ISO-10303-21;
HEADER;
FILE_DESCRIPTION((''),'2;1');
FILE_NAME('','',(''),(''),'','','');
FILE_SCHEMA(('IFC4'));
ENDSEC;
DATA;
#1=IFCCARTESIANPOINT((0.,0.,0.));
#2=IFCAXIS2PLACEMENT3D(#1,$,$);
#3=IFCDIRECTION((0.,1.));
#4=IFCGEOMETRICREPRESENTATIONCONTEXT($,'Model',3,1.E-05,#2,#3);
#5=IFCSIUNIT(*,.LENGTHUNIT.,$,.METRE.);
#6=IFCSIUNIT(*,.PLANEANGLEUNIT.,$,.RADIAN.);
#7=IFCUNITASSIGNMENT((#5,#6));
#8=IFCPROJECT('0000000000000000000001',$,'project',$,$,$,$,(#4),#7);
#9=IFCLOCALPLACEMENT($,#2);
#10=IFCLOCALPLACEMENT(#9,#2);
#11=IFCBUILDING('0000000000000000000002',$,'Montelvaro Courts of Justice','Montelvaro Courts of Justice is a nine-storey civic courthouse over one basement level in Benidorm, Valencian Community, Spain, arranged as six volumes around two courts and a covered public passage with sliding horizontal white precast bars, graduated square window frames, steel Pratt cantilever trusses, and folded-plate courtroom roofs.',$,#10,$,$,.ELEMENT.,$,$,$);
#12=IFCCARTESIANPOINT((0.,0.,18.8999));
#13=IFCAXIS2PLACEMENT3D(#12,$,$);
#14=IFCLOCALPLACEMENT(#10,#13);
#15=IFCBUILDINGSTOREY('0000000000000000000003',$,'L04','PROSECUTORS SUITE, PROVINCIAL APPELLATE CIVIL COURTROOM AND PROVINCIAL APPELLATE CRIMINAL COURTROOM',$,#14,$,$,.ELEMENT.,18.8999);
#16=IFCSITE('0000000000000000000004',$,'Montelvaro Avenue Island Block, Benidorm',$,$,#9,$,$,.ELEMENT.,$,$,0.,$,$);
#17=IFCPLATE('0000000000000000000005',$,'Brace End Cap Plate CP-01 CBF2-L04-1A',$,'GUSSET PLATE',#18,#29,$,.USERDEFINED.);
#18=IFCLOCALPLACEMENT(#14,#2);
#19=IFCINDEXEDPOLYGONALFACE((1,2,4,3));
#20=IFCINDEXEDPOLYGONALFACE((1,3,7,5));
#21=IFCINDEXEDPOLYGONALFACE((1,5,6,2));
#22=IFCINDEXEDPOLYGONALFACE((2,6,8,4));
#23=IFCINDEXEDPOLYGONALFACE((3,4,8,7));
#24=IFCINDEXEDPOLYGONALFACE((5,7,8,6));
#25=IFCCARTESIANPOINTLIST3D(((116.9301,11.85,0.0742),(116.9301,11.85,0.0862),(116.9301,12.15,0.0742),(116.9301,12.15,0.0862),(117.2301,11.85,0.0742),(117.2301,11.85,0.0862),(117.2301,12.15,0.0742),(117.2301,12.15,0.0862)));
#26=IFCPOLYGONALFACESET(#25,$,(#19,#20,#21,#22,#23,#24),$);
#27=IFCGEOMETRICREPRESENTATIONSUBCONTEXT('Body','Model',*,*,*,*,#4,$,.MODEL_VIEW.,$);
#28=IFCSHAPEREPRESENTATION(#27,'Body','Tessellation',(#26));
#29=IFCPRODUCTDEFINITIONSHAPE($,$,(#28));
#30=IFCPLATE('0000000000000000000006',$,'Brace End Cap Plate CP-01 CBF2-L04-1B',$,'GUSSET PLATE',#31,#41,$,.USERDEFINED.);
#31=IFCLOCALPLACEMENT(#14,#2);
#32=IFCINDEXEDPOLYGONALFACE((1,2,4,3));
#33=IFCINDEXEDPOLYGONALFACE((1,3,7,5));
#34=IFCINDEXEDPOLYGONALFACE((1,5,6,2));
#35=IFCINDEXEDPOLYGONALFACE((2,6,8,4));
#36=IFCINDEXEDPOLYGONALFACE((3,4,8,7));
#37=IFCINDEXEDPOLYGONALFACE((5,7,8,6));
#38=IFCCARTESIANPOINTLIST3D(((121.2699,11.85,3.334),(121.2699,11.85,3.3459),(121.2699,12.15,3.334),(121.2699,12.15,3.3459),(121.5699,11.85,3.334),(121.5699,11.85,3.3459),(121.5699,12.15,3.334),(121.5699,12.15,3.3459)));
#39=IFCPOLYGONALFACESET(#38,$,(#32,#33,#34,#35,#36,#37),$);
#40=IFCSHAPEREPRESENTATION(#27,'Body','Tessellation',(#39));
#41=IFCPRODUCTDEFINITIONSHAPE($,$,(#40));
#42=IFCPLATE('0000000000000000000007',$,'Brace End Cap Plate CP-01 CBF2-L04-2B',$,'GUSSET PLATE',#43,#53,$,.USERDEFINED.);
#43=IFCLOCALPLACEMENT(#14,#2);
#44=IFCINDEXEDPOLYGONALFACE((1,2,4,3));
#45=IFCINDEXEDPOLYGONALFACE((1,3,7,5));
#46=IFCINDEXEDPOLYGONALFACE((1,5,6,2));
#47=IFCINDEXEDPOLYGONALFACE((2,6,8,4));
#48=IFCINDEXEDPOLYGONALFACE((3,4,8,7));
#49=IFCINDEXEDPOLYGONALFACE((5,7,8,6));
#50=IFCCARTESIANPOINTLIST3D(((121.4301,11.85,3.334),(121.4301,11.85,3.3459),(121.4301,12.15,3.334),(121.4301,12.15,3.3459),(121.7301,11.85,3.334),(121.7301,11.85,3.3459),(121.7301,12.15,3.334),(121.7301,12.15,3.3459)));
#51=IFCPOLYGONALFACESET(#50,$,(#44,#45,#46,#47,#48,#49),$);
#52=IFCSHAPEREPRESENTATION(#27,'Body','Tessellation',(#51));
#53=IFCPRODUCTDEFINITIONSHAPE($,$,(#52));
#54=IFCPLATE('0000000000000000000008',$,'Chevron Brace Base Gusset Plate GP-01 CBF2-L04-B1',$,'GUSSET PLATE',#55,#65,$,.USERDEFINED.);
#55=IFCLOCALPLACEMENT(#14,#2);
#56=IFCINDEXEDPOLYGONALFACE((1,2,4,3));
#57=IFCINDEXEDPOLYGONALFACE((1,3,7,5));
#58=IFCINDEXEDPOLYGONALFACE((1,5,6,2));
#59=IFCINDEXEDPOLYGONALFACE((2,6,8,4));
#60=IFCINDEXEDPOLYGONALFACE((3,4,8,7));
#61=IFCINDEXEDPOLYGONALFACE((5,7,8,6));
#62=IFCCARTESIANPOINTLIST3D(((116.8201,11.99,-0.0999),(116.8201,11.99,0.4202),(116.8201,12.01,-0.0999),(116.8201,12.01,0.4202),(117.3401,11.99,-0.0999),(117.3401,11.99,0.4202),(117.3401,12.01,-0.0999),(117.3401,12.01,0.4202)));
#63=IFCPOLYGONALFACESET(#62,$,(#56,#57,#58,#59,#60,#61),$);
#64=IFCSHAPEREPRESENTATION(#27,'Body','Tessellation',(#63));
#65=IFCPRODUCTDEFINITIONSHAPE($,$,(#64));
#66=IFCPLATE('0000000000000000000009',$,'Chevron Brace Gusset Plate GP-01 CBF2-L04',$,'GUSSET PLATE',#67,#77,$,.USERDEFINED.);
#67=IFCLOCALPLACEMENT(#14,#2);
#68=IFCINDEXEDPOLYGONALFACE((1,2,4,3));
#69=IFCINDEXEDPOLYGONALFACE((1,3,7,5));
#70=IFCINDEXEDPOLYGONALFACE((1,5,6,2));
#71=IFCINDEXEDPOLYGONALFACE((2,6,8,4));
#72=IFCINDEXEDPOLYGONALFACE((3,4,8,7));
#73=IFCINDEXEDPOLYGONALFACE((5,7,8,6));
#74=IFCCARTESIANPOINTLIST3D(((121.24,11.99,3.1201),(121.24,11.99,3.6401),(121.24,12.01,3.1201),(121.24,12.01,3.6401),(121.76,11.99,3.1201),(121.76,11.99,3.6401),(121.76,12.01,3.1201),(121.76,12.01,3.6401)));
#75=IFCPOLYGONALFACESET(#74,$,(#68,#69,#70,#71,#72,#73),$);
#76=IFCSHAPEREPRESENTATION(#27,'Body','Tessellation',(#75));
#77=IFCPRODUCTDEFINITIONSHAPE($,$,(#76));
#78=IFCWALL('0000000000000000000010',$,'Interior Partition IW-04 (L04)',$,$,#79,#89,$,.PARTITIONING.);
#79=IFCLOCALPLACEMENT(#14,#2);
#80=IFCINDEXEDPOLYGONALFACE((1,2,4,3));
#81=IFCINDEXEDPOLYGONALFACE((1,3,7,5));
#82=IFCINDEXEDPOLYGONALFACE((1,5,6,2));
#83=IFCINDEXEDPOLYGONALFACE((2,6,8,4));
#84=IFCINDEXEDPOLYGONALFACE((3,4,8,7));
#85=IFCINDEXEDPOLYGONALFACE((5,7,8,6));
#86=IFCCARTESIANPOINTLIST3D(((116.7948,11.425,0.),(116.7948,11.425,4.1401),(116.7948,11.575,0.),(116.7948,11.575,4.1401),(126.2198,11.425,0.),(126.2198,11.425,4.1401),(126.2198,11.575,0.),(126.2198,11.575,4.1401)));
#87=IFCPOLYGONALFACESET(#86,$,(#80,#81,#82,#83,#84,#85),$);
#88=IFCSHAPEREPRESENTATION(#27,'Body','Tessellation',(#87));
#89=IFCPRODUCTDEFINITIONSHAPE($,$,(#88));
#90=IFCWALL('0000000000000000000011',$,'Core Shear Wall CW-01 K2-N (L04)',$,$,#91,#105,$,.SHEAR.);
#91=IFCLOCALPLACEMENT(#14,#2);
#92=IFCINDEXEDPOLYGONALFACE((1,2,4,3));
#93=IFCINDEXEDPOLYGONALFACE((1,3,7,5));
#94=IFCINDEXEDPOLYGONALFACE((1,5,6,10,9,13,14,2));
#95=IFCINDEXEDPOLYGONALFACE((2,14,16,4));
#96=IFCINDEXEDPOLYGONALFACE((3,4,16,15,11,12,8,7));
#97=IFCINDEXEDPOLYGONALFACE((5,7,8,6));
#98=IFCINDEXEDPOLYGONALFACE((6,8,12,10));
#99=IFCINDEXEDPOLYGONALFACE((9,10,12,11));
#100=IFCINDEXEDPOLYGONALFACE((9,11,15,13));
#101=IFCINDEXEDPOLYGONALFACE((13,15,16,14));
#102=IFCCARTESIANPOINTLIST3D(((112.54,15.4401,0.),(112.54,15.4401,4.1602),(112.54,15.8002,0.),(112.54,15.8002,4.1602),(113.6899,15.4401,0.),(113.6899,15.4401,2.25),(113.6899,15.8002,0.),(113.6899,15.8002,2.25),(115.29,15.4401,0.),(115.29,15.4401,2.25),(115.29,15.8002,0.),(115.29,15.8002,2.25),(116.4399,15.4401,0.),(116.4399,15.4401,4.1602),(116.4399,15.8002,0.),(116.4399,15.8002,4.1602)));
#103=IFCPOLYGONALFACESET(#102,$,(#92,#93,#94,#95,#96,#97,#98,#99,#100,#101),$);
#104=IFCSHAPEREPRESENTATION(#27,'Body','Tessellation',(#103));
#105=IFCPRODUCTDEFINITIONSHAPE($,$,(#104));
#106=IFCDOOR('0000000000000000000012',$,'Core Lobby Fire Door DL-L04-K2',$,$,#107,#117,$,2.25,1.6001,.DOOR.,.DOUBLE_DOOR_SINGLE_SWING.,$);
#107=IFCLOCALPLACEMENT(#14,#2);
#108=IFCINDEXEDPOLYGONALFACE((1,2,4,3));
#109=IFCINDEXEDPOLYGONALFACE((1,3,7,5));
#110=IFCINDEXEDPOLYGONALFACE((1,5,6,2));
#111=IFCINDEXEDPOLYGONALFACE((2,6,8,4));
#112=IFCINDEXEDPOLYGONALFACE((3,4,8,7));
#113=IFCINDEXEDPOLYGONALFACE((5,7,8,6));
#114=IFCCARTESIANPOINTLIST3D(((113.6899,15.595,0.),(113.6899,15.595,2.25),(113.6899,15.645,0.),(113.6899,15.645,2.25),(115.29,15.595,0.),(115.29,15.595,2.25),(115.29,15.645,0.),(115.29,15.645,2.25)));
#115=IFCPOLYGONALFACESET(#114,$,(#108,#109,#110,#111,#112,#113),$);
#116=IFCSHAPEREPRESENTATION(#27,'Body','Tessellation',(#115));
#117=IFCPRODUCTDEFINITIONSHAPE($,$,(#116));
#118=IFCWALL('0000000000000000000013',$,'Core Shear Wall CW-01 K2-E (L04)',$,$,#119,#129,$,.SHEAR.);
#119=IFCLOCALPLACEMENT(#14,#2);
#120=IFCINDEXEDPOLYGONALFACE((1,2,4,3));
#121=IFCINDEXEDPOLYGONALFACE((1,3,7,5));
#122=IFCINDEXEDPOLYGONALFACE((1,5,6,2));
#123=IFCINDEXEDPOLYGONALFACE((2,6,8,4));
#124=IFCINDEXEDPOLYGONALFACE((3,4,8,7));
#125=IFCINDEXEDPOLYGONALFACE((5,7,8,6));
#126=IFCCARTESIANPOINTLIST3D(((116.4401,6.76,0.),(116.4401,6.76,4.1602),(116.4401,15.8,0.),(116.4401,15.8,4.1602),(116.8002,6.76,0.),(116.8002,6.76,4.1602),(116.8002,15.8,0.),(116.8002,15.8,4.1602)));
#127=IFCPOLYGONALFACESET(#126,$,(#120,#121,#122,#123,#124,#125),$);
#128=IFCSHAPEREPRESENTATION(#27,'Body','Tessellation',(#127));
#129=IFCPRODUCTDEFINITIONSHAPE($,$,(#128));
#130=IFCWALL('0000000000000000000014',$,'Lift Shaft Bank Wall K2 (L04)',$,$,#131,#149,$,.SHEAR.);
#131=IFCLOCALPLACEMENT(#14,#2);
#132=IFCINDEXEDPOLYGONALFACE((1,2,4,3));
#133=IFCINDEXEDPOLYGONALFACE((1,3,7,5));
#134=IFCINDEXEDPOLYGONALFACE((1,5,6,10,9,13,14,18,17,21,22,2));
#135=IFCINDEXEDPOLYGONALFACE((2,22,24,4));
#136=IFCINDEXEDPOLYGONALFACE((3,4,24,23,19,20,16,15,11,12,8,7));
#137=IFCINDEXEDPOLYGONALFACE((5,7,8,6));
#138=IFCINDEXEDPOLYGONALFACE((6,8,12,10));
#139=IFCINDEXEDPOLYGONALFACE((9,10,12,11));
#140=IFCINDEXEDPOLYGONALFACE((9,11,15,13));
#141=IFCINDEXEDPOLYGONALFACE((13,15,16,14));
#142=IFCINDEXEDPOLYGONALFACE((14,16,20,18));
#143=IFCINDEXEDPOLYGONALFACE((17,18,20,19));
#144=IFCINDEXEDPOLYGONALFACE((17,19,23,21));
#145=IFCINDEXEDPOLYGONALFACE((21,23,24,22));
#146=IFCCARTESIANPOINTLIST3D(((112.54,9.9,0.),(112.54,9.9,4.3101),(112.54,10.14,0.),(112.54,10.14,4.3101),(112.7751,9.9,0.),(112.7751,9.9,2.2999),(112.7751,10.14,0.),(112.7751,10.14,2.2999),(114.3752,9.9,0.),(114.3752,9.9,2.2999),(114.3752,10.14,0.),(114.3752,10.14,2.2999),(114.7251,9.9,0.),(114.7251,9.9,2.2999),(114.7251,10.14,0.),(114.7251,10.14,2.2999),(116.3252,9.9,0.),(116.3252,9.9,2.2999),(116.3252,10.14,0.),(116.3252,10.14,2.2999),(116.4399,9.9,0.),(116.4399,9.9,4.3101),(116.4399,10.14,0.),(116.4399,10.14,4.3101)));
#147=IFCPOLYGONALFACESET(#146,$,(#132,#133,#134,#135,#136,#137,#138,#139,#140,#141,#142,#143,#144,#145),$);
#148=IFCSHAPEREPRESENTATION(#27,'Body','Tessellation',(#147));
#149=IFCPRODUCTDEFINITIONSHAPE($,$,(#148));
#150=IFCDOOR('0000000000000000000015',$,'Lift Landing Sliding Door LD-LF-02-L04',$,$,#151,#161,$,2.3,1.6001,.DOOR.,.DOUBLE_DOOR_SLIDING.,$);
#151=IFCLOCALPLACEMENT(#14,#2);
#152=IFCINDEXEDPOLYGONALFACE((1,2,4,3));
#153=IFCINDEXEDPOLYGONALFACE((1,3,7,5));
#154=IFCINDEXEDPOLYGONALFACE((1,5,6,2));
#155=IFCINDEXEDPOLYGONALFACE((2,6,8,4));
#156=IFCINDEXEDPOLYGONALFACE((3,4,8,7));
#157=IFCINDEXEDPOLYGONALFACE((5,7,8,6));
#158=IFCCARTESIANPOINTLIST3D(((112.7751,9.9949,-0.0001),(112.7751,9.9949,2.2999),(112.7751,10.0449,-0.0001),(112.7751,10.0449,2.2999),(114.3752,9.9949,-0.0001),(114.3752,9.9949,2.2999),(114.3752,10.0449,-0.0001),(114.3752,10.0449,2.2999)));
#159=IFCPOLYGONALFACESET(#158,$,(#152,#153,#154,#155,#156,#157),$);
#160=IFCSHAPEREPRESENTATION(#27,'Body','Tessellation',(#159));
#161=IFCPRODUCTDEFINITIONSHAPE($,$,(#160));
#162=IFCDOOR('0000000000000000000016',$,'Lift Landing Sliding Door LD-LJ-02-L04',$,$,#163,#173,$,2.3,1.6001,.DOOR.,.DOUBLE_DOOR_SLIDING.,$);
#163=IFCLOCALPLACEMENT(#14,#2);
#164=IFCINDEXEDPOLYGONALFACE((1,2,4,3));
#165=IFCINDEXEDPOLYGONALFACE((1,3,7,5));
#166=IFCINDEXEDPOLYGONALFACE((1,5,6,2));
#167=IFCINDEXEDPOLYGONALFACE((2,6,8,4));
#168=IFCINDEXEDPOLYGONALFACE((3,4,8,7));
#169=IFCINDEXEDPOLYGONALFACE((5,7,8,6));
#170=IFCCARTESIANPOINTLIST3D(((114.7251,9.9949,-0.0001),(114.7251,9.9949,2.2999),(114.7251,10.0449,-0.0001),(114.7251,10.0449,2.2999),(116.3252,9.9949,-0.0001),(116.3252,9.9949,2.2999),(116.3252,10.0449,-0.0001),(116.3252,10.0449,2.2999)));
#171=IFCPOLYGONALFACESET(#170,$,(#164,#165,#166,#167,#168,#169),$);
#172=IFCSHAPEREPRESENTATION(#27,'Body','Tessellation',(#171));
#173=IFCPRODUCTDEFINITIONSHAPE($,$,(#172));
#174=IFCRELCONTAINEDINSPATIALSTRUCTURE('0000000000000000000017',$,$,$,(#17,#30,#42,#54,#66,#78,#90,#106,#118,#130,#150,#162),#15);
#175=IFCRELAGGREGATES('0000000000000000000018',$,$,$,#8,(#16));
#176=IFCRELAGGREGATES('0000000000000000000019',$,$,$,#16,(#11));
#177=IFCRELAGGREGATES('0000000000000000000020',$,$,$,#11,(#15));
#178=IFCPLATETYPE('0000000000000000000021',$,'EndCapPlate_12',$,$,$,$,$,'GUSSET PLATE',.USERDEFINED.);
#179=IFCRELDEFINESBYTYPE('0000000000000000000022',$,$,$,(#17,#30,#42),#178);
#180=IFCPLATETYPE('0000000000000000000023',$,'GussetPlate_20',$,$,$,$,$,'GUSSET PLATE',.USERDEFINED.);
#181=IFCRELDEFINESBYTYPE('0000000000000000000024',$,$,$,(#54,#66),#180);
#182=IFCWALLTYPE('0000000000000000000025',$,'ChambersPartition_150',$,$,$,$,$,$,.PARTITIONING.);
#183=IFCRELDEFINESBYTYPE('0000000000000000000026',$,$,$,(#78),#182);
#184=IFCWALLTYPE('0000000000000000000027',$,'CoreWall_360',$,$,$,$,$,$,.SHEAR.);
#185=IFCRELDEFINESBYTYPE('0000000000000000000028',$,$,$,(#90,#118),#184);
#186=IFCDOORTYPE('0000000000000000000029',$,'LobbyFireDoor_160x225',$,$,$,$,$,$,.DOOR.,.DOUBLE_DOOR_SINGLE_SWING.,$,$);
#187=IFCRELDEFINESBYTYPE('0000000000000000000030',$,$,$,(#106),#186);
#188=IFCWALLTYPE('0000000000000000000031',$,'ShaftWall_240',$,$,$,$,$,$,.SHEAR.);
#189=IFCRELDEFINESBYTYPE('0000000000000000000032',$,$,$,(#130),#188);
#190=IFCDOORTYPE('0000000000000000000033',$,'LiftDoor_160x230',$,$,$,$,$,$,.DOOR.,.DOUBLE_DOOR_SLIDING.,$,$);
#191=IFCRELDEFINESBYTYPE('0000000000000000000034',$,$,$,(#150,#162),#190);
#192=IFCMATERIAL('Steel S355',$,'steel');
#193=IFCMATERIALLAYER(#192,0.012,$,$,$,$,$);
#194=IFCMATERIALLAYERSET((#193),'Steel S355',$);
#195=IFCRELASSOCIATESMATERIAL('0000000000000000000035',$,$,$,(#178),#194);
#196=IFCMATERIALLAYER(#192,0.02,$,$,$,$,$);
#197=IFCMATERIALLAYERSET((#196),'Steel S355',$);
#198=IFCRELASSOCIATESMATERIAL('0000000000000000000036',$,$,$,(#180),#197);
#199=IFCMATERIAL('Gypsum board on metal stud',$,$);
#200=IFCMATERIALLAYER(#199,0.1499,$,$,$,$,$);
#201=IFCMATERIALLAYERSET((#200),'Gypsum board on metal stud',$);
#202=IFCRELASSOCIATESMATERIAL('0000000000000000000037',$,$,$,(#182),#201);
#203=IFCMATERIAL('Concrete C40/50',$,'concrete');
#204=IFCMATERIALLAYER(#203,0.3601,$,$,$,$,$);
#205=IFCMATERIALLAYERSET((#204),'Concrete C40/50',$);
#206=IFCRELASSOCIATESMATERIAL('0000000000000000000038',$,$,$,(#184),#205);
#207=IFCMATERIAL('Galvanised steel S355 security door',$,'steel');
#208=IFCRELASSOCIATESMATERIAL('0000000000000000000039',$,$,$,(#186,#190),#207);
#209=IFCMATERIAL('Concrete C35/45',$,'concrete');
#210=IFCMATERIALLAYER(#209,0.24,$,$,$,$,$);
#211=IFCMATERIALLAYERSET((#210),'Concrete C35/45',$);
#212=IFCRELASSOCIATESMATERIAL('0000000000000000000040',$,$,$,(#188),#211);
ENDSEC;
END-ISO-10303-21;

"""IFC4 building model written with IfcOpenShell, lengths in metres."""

from ifc_helpers import new_model, si_unit, direction, frame, frame_2d, origin, origin_2d, place, context, subcontext, project, spatial, rectangle, extrude, material, layer, layer_set, type_object, element, fill, save


model = new_model("IFC4")

# Units and contexts
model_context = context("Model", 3, precision=1e-05, world=origin(), true_north=direction((0.0, 1.0)))
body_context = subcontext(model_context, "Body", "Model", "MODEL_VIEW")
ifc_project = project(units=[si_unit("LENGTHUNIT", "METRE"), si_unit("PLANEANGLEUNIT", "RADIAN")], contexts=[model_context])

# Site, building, storey
site_placement = place(None, origin())
site = spatial("IfcSite", under=ifc_project, at=site_placement, Name="Montelvaro Avenue Island Block, Benidorm", CompositionType="ELEMENT", RefElevation=0.0)
building_placement = place(site_placement, origin())
building = spatial("IfcBuilding", under=site, at=building_placement, Name="Montelvaro Courts of Justice", Description="Montelvaro Courts of Justice is a nine-storey civic courthouse over one basement level in Benidorm, Valencian Community, Spain, arranged as six volumes around two courts and a covered public passage with sliding horizontal white precast bars, graduated square window frames, steel Pratt cantilever trusses, and folded-plate courtroom roofs.", CompositionType="ELEMENT")
storey_placement = place(building_placement, frame((0.0, 0.0, 18.8999)))
storey = spatial("IfcBuildingStorey", under=building, at=storey_placement, Name="L04", Description="PROSECUTORS SUITE, PROVINCIAL APPELLATE CIVIL COURTROOM AND PROVINCIAL APPELLATE CRIMINAL COURTROOM", CompositionType="ELEMENT", Elevation=18.8999)

# Shared definitions
ifc_material_1 = material(Name="Steel S355", Category="steel")

# Plates
ifc_layer_1 = layer(ifc_material_1, 0.012)
ifc_layer_set_1 = layer_set([ifc_layer_1], Name="Steel S355")
plate_type_1 = type_object("IfcPlateType", Name="EndCapPlate_12", ElementType="GUSSET PLATE", PredefinedType="USERDEFINED", material=ifc_layer_set_1)
for number, where, z_axis, x_axis, name in (
    (1, (117.0801, 12.0, 0.0742), (0.0, 0.0, 1.0), (1.0, 0.0, 0.0), "Brace End Cap Plate CP-01 CBF2-L04-1A"),
    (2, (121.4199, 12.0, 3.334), (0.0, 0.0, 1.0), (1.0, 0.0, 0.0), "Brace End Cap Plate CP-01 CBF2-L04-1B"),
    (3, (121.5801, 12.0, 3.334), (0.0, 0.0, 1.0), (1.0, 0.0, 0.0), "Brace End Cap Plate CP-01 CBF2-L04-2B"),
):
    element("IfcPlate", number, at=place(storey_placement, frame(where, z_axis=z_axis, x_axis=x_axis)), inside=storey, type_object=plate_type_1, Name=name, ObjectType="GUSSET PLATE", PredefinedType="USERDEFINED", context=body_context, shape_type="SweptSolid", body=[
        extrude(rectangle(XDim=0.3, YDim=0.3, at=origin_2d()), origin(), (0.0, 0.0, 1.0), 0.012),
    ])
ifc_layer_2 = layer(ifc_material_1, 0.02)
ifc_layer_set_2 = layer_set([ifc_layer_2], Name="Steel S355")
plate_type_2 = type_object("IfcPlateType", Name="GussetPlate_20", ElementType="GUSSET PLATE", PredefinedType="USERDEFINED", material=ifc_layer_set_2)
for number, where, z_axis, x_axis, name in (
    (4, (117.0801, 12.0, -0.0999), (0.0, 0.0, 1.0), (1.0, 0.0, 0.0), "Chevron Brace Base Gusset Plate GP-01 CBF2-L04-B1"),
    (5, (121.5, 12.0, 3.1201), (0.0, 0.0, 1.0), (1.0, 0.0, 0.0), "Chevron Brace Gusset Plate GP-01 CBF2-L04"),
):
    element("IfcPlate", number, at=place(storey_placement, frame(where, z_axis=z_axis, x_axis=x_axis)), inside=storey, type_object=plate_type_2, Name=name, ObjectType="GUSSET PLATE", PredefinedType="USERDEFINED", context=body_context, shape_type="SweptSolid", body=[
        extrude(rectangle(XDim=0.52, YDim=0.02, at=origin_2d()), origin(), (0.0, 0.0, 1.0), 0.52),
    ])

# Wall
ifc_material_2 = material(Name="Gypsum board on metal stud")
ifc_layer_3 = layer(ifc_material_2, 0.1499)
ifc_layer_set_3 = layer_set([ifc_layer_3], Name="Gypsum board on metal stud")
wall_type_1 = type_object("IfcWallType", Name="ChambersPartition_150", PredefinedType="PARTITIONING", material=ifc_layer_set_3)
wall_1_placement = place(storey_placement, frame((116.7949, 11.5, 0.0), z_axis=(0.0, 0.0, 1.0), x_axis=(1.0, 0.0, 0.0)))
element("IfcWall", 6, at=wall_1_placement, inside=storey, type_object=wall_type_1, Name="Interior Partition IW-04 (L04)", PredefinedType="PARTITIONING", context=body_context, shape_type="SweptSolid", body=[
    extrude(rectangle(XDim=9.425, YDim=0.1499, at=frame_2d((4.7124, 0.0))), origin(), (0.0, 0.0, 1.0), 4.1401),
])

# Wall, opening, door
ifc_material_3 = material(Name="Concrete C40/50", Category="concrete")
ifc_layer_4 = layer(ifc_material_3, 0.3601)
ifc_layer_set_4 = layer_set([ifc_layer_4], Name="Concrete C40/50")
wall_type_2 = type_object("IfcWallType", Name="CoreWall_360", PredefinedType="SHEAR", material=ifc_layer_set_4)
wall_2_placement = place(storey_placement, frame((112.54, 15.6201, 0.0), z_axis=(0.0, 0.0, 1.0), x_axis=(1.0, 0.0, 0.0)))
wall_2 = element("IfcWall", 7, at=wall_2_placement, inside=storey, type_object=wall_type_2, Name="Core Shear Wall CW-01 K2-N (L04)", PredefinedType="SHEAR", context=body_context, shape_type="SweptSolid", body=[
    extrude(rectangle(XDim=3.8999, YDim=0.3601, at=frame_2d((1.95, 0.0))), origin(), (0.0, 0.0, 1.0), 4.1602),
])
opening_1_placement = place(wall_2_placement, frame((1.1499, 0.0, 0.0)))
opening_1 = element("IfcOpeningElement", 8, at=opening_1_placement, cuts=wall_2, PredefinedType="OPENING", context=body_context, shape_type="SweptSolid", body=[
    extrude(rectangle(XDim=1.6001, YDim=2.25, at=frame_2d((0.8, 1.125))), frame((0.0, 0.1948, 0.0), z_axis=(0.0, -1.0, 0.0), x_axis=(1.0, 0.0, 0.0)), (0.0, 0.0, 1.0), 0.3899),
])
ifc_material_4 = material(Name="Galvanised steel S355 security door", Category="steel")
door_type_1 = type_object("IfcDoorType", Name="LobbyFireDoor_160x225", OperationType="DOUBLE_DOOR_SINGLE_SWING", PredefinedType="DOOR", material=ifc_material_4)
door_1_placement = place(opening_1_placement, origin())
door_1 = element("IfcDoor", 9, at=door_1_placement, inside=storey, type_object=door_type_1, Name="Core Lobby Fire Door DL-L04-K2", OperationType="DOUBLE_DOOR_SINGLE_SWING", OverallHeight=2.25, OverallWidth=1.6001, PredefinedType="DOOR", context=body_context, shape_type="SweptSolid", body=[
    extrude(rectangle(XDim=1.6001, YDim=2.25, at=frame_2d((0.8, 1.125))), frame((0.0, 0.0249, 0.0), z_axis=(0.0, -1.0, 0.0), x_axis=(1.0, 0.0, 0.0)), (0.0, 0.0, 1.0), 0.05),
])
fill(opening_1, door_1)

# Wall
wall_3_placement = place(storey_placement, frame((116.6201, 6.76, 0.0), z_axis=(0.0, 0.0, 1.0), x_axis=(0.0, 1.0, 0.0)))
element("IfcWall", 10, at=wall_3_placement, inside=storey, type_object=wall_type_2, Name="Core Shear Wall CW-01 K2-E (L04)", PredefinedType="SHEAR", context=body_context, shape_type="SweptSolid", body=[
    extrude(rectangle(XDim=9.04, YDim=0.3601, at=frame_2d((4.52, 0.0))), origin(), (0.0, 0.0, 1.0), 4.1602),
])

# Wall, openings, doors
ifc_material_5 = material(Name="Concrete C35/45", Category="concrete")
ifc_layer_5 = layer(ifc_material_5, 0.24)
ifc_layer_set_5 = layer_set([ifc_layer_5], Name="Concrete C35/45")
wall_type_3 = type_object("IfcWallType", Name="ShaftWall_240", PredefinedType="SHEAR", material=ifc_layer_set_5)
wall_4_placement = place(storey_placement, frame((112.54, 10.02, 0.0), z_axis=(0.0, 0.0, 1.0), x_axis=(1.0, 0.0, 0.0)))
wall_4 = element("IfcWall", 11, at=wall_4_placement, inside=storey, type_object=wall_type_3, Name="Lift Shaft Bank Wall K2 (L04)", PredefinedType="SHEAR", context=body_context, shape_type="SweptSolid", body=[
    extrude(rectangle(XDim=3.8999, YDim=0.24, at=frame_2d((1.95, 0.0))), origin(), (0.0, 0.0, 1.0), 4.3101),
])
opening_2_placement = place(wall_4_placement, frame((0.2351, 0.0, 0.0)))
opening_2 = element("IfcOpeningElement", 12, at=opening_2_placement, cuts=wall_4, PredefinedType="OPENING", context=body_context, shape_type="SweptSolid", body=[
    extrude(rectangle(XDim=1.6001, YDim=2.3, at=frame_2d((0.8, 1.1499))), frame((0.0, 0.1348, 0.0), z_axis=(0.0, -1.0, 0.0), x_axis=(1.0, 0.0, 0.0)), (0.0, 0.0, 1.0), 0.2698),
])
opening_3_placement = place(wall_4_placement, frame((2.1851, 0.0, 0.0)))
opening_3 = element("IfcOpeningElement", 13, at=opening_3_placement, cuts=wall_4, PredefinedType="OPENING", context=body_context, shape_type="SweptSolid", body=[
    extrude(rectangle(XDim=1.6001, YDim=2.3, at=frame_2d((0.8, 1.1499))), frame((0.0, 0.1348, 0.0), z_axis=(0.0, -1.0, 0.0), x_axis=(1.0, 0.0, 0.0)), (0.0, 0.0, 1.0), 0.2698),
])
door_type_2 = type_object("IfcDoorType", Name="LiftDoor_160x230", OperationType="DOUBLE_DOOR_SLIDING", PredefinedType="DOOR", material=ifc_material_4)
door_2_placement = place(opening_2_placement, origin())
door_2 = element("IfcDoor", 14, at=door_2_placement, inside=storey, type_object=door_type_2, Name="Lift Landing Sliding Door LD-LF-02-L04", OperationType="DOUBLE_DOOR_SLIDING", OverallHeight=2.3, OverallWidth=1.6001, PredefinedType="DOOR", context=body_context, shape_type="SweptSolid", body=[
    extrude(rectangle(XDim=1.6001, YDim=2.3, at=frame_2d((0.8, 1.1499))), frame((0.0, 0.0249, 0.0), z_axis=(0.0, -1.0, 0.0), x_axis=(1.0, 0.0, 0.0)), (0.0, 0.0, 1.0), 0.05),
])
fill(opening_2, door_2)
door_3_placement = place(opening_3_placement, origin())
door_3 = element("IfcDoor", 15, at=door_3_placement, inside=storey, type_object=door_type_2, Name="Lift Landing Sliding Door LD-LJ-02-L04", OperationType="DOUBLE_DOOR_SLIDING", OverallHeight=2.3, OverallWidth=1.6001, PredefinedType="DOOR", context=body_context, shape_type="SweptSolid", body=[
    extrude(rectangle(XDim=1.6001, YDim=2.3, at=frame_2d((0.8, 1.1499))), frame((0.0, 0.0249, 0.0), z_axis=(0.0, -1.0, 0.0), x_axis=(1.0, 0.0, 0.0)), (0.0, 0.0, 1.0), 0.05),
])
fill(opening_3, door_3)

save(model, "model.ifc")
